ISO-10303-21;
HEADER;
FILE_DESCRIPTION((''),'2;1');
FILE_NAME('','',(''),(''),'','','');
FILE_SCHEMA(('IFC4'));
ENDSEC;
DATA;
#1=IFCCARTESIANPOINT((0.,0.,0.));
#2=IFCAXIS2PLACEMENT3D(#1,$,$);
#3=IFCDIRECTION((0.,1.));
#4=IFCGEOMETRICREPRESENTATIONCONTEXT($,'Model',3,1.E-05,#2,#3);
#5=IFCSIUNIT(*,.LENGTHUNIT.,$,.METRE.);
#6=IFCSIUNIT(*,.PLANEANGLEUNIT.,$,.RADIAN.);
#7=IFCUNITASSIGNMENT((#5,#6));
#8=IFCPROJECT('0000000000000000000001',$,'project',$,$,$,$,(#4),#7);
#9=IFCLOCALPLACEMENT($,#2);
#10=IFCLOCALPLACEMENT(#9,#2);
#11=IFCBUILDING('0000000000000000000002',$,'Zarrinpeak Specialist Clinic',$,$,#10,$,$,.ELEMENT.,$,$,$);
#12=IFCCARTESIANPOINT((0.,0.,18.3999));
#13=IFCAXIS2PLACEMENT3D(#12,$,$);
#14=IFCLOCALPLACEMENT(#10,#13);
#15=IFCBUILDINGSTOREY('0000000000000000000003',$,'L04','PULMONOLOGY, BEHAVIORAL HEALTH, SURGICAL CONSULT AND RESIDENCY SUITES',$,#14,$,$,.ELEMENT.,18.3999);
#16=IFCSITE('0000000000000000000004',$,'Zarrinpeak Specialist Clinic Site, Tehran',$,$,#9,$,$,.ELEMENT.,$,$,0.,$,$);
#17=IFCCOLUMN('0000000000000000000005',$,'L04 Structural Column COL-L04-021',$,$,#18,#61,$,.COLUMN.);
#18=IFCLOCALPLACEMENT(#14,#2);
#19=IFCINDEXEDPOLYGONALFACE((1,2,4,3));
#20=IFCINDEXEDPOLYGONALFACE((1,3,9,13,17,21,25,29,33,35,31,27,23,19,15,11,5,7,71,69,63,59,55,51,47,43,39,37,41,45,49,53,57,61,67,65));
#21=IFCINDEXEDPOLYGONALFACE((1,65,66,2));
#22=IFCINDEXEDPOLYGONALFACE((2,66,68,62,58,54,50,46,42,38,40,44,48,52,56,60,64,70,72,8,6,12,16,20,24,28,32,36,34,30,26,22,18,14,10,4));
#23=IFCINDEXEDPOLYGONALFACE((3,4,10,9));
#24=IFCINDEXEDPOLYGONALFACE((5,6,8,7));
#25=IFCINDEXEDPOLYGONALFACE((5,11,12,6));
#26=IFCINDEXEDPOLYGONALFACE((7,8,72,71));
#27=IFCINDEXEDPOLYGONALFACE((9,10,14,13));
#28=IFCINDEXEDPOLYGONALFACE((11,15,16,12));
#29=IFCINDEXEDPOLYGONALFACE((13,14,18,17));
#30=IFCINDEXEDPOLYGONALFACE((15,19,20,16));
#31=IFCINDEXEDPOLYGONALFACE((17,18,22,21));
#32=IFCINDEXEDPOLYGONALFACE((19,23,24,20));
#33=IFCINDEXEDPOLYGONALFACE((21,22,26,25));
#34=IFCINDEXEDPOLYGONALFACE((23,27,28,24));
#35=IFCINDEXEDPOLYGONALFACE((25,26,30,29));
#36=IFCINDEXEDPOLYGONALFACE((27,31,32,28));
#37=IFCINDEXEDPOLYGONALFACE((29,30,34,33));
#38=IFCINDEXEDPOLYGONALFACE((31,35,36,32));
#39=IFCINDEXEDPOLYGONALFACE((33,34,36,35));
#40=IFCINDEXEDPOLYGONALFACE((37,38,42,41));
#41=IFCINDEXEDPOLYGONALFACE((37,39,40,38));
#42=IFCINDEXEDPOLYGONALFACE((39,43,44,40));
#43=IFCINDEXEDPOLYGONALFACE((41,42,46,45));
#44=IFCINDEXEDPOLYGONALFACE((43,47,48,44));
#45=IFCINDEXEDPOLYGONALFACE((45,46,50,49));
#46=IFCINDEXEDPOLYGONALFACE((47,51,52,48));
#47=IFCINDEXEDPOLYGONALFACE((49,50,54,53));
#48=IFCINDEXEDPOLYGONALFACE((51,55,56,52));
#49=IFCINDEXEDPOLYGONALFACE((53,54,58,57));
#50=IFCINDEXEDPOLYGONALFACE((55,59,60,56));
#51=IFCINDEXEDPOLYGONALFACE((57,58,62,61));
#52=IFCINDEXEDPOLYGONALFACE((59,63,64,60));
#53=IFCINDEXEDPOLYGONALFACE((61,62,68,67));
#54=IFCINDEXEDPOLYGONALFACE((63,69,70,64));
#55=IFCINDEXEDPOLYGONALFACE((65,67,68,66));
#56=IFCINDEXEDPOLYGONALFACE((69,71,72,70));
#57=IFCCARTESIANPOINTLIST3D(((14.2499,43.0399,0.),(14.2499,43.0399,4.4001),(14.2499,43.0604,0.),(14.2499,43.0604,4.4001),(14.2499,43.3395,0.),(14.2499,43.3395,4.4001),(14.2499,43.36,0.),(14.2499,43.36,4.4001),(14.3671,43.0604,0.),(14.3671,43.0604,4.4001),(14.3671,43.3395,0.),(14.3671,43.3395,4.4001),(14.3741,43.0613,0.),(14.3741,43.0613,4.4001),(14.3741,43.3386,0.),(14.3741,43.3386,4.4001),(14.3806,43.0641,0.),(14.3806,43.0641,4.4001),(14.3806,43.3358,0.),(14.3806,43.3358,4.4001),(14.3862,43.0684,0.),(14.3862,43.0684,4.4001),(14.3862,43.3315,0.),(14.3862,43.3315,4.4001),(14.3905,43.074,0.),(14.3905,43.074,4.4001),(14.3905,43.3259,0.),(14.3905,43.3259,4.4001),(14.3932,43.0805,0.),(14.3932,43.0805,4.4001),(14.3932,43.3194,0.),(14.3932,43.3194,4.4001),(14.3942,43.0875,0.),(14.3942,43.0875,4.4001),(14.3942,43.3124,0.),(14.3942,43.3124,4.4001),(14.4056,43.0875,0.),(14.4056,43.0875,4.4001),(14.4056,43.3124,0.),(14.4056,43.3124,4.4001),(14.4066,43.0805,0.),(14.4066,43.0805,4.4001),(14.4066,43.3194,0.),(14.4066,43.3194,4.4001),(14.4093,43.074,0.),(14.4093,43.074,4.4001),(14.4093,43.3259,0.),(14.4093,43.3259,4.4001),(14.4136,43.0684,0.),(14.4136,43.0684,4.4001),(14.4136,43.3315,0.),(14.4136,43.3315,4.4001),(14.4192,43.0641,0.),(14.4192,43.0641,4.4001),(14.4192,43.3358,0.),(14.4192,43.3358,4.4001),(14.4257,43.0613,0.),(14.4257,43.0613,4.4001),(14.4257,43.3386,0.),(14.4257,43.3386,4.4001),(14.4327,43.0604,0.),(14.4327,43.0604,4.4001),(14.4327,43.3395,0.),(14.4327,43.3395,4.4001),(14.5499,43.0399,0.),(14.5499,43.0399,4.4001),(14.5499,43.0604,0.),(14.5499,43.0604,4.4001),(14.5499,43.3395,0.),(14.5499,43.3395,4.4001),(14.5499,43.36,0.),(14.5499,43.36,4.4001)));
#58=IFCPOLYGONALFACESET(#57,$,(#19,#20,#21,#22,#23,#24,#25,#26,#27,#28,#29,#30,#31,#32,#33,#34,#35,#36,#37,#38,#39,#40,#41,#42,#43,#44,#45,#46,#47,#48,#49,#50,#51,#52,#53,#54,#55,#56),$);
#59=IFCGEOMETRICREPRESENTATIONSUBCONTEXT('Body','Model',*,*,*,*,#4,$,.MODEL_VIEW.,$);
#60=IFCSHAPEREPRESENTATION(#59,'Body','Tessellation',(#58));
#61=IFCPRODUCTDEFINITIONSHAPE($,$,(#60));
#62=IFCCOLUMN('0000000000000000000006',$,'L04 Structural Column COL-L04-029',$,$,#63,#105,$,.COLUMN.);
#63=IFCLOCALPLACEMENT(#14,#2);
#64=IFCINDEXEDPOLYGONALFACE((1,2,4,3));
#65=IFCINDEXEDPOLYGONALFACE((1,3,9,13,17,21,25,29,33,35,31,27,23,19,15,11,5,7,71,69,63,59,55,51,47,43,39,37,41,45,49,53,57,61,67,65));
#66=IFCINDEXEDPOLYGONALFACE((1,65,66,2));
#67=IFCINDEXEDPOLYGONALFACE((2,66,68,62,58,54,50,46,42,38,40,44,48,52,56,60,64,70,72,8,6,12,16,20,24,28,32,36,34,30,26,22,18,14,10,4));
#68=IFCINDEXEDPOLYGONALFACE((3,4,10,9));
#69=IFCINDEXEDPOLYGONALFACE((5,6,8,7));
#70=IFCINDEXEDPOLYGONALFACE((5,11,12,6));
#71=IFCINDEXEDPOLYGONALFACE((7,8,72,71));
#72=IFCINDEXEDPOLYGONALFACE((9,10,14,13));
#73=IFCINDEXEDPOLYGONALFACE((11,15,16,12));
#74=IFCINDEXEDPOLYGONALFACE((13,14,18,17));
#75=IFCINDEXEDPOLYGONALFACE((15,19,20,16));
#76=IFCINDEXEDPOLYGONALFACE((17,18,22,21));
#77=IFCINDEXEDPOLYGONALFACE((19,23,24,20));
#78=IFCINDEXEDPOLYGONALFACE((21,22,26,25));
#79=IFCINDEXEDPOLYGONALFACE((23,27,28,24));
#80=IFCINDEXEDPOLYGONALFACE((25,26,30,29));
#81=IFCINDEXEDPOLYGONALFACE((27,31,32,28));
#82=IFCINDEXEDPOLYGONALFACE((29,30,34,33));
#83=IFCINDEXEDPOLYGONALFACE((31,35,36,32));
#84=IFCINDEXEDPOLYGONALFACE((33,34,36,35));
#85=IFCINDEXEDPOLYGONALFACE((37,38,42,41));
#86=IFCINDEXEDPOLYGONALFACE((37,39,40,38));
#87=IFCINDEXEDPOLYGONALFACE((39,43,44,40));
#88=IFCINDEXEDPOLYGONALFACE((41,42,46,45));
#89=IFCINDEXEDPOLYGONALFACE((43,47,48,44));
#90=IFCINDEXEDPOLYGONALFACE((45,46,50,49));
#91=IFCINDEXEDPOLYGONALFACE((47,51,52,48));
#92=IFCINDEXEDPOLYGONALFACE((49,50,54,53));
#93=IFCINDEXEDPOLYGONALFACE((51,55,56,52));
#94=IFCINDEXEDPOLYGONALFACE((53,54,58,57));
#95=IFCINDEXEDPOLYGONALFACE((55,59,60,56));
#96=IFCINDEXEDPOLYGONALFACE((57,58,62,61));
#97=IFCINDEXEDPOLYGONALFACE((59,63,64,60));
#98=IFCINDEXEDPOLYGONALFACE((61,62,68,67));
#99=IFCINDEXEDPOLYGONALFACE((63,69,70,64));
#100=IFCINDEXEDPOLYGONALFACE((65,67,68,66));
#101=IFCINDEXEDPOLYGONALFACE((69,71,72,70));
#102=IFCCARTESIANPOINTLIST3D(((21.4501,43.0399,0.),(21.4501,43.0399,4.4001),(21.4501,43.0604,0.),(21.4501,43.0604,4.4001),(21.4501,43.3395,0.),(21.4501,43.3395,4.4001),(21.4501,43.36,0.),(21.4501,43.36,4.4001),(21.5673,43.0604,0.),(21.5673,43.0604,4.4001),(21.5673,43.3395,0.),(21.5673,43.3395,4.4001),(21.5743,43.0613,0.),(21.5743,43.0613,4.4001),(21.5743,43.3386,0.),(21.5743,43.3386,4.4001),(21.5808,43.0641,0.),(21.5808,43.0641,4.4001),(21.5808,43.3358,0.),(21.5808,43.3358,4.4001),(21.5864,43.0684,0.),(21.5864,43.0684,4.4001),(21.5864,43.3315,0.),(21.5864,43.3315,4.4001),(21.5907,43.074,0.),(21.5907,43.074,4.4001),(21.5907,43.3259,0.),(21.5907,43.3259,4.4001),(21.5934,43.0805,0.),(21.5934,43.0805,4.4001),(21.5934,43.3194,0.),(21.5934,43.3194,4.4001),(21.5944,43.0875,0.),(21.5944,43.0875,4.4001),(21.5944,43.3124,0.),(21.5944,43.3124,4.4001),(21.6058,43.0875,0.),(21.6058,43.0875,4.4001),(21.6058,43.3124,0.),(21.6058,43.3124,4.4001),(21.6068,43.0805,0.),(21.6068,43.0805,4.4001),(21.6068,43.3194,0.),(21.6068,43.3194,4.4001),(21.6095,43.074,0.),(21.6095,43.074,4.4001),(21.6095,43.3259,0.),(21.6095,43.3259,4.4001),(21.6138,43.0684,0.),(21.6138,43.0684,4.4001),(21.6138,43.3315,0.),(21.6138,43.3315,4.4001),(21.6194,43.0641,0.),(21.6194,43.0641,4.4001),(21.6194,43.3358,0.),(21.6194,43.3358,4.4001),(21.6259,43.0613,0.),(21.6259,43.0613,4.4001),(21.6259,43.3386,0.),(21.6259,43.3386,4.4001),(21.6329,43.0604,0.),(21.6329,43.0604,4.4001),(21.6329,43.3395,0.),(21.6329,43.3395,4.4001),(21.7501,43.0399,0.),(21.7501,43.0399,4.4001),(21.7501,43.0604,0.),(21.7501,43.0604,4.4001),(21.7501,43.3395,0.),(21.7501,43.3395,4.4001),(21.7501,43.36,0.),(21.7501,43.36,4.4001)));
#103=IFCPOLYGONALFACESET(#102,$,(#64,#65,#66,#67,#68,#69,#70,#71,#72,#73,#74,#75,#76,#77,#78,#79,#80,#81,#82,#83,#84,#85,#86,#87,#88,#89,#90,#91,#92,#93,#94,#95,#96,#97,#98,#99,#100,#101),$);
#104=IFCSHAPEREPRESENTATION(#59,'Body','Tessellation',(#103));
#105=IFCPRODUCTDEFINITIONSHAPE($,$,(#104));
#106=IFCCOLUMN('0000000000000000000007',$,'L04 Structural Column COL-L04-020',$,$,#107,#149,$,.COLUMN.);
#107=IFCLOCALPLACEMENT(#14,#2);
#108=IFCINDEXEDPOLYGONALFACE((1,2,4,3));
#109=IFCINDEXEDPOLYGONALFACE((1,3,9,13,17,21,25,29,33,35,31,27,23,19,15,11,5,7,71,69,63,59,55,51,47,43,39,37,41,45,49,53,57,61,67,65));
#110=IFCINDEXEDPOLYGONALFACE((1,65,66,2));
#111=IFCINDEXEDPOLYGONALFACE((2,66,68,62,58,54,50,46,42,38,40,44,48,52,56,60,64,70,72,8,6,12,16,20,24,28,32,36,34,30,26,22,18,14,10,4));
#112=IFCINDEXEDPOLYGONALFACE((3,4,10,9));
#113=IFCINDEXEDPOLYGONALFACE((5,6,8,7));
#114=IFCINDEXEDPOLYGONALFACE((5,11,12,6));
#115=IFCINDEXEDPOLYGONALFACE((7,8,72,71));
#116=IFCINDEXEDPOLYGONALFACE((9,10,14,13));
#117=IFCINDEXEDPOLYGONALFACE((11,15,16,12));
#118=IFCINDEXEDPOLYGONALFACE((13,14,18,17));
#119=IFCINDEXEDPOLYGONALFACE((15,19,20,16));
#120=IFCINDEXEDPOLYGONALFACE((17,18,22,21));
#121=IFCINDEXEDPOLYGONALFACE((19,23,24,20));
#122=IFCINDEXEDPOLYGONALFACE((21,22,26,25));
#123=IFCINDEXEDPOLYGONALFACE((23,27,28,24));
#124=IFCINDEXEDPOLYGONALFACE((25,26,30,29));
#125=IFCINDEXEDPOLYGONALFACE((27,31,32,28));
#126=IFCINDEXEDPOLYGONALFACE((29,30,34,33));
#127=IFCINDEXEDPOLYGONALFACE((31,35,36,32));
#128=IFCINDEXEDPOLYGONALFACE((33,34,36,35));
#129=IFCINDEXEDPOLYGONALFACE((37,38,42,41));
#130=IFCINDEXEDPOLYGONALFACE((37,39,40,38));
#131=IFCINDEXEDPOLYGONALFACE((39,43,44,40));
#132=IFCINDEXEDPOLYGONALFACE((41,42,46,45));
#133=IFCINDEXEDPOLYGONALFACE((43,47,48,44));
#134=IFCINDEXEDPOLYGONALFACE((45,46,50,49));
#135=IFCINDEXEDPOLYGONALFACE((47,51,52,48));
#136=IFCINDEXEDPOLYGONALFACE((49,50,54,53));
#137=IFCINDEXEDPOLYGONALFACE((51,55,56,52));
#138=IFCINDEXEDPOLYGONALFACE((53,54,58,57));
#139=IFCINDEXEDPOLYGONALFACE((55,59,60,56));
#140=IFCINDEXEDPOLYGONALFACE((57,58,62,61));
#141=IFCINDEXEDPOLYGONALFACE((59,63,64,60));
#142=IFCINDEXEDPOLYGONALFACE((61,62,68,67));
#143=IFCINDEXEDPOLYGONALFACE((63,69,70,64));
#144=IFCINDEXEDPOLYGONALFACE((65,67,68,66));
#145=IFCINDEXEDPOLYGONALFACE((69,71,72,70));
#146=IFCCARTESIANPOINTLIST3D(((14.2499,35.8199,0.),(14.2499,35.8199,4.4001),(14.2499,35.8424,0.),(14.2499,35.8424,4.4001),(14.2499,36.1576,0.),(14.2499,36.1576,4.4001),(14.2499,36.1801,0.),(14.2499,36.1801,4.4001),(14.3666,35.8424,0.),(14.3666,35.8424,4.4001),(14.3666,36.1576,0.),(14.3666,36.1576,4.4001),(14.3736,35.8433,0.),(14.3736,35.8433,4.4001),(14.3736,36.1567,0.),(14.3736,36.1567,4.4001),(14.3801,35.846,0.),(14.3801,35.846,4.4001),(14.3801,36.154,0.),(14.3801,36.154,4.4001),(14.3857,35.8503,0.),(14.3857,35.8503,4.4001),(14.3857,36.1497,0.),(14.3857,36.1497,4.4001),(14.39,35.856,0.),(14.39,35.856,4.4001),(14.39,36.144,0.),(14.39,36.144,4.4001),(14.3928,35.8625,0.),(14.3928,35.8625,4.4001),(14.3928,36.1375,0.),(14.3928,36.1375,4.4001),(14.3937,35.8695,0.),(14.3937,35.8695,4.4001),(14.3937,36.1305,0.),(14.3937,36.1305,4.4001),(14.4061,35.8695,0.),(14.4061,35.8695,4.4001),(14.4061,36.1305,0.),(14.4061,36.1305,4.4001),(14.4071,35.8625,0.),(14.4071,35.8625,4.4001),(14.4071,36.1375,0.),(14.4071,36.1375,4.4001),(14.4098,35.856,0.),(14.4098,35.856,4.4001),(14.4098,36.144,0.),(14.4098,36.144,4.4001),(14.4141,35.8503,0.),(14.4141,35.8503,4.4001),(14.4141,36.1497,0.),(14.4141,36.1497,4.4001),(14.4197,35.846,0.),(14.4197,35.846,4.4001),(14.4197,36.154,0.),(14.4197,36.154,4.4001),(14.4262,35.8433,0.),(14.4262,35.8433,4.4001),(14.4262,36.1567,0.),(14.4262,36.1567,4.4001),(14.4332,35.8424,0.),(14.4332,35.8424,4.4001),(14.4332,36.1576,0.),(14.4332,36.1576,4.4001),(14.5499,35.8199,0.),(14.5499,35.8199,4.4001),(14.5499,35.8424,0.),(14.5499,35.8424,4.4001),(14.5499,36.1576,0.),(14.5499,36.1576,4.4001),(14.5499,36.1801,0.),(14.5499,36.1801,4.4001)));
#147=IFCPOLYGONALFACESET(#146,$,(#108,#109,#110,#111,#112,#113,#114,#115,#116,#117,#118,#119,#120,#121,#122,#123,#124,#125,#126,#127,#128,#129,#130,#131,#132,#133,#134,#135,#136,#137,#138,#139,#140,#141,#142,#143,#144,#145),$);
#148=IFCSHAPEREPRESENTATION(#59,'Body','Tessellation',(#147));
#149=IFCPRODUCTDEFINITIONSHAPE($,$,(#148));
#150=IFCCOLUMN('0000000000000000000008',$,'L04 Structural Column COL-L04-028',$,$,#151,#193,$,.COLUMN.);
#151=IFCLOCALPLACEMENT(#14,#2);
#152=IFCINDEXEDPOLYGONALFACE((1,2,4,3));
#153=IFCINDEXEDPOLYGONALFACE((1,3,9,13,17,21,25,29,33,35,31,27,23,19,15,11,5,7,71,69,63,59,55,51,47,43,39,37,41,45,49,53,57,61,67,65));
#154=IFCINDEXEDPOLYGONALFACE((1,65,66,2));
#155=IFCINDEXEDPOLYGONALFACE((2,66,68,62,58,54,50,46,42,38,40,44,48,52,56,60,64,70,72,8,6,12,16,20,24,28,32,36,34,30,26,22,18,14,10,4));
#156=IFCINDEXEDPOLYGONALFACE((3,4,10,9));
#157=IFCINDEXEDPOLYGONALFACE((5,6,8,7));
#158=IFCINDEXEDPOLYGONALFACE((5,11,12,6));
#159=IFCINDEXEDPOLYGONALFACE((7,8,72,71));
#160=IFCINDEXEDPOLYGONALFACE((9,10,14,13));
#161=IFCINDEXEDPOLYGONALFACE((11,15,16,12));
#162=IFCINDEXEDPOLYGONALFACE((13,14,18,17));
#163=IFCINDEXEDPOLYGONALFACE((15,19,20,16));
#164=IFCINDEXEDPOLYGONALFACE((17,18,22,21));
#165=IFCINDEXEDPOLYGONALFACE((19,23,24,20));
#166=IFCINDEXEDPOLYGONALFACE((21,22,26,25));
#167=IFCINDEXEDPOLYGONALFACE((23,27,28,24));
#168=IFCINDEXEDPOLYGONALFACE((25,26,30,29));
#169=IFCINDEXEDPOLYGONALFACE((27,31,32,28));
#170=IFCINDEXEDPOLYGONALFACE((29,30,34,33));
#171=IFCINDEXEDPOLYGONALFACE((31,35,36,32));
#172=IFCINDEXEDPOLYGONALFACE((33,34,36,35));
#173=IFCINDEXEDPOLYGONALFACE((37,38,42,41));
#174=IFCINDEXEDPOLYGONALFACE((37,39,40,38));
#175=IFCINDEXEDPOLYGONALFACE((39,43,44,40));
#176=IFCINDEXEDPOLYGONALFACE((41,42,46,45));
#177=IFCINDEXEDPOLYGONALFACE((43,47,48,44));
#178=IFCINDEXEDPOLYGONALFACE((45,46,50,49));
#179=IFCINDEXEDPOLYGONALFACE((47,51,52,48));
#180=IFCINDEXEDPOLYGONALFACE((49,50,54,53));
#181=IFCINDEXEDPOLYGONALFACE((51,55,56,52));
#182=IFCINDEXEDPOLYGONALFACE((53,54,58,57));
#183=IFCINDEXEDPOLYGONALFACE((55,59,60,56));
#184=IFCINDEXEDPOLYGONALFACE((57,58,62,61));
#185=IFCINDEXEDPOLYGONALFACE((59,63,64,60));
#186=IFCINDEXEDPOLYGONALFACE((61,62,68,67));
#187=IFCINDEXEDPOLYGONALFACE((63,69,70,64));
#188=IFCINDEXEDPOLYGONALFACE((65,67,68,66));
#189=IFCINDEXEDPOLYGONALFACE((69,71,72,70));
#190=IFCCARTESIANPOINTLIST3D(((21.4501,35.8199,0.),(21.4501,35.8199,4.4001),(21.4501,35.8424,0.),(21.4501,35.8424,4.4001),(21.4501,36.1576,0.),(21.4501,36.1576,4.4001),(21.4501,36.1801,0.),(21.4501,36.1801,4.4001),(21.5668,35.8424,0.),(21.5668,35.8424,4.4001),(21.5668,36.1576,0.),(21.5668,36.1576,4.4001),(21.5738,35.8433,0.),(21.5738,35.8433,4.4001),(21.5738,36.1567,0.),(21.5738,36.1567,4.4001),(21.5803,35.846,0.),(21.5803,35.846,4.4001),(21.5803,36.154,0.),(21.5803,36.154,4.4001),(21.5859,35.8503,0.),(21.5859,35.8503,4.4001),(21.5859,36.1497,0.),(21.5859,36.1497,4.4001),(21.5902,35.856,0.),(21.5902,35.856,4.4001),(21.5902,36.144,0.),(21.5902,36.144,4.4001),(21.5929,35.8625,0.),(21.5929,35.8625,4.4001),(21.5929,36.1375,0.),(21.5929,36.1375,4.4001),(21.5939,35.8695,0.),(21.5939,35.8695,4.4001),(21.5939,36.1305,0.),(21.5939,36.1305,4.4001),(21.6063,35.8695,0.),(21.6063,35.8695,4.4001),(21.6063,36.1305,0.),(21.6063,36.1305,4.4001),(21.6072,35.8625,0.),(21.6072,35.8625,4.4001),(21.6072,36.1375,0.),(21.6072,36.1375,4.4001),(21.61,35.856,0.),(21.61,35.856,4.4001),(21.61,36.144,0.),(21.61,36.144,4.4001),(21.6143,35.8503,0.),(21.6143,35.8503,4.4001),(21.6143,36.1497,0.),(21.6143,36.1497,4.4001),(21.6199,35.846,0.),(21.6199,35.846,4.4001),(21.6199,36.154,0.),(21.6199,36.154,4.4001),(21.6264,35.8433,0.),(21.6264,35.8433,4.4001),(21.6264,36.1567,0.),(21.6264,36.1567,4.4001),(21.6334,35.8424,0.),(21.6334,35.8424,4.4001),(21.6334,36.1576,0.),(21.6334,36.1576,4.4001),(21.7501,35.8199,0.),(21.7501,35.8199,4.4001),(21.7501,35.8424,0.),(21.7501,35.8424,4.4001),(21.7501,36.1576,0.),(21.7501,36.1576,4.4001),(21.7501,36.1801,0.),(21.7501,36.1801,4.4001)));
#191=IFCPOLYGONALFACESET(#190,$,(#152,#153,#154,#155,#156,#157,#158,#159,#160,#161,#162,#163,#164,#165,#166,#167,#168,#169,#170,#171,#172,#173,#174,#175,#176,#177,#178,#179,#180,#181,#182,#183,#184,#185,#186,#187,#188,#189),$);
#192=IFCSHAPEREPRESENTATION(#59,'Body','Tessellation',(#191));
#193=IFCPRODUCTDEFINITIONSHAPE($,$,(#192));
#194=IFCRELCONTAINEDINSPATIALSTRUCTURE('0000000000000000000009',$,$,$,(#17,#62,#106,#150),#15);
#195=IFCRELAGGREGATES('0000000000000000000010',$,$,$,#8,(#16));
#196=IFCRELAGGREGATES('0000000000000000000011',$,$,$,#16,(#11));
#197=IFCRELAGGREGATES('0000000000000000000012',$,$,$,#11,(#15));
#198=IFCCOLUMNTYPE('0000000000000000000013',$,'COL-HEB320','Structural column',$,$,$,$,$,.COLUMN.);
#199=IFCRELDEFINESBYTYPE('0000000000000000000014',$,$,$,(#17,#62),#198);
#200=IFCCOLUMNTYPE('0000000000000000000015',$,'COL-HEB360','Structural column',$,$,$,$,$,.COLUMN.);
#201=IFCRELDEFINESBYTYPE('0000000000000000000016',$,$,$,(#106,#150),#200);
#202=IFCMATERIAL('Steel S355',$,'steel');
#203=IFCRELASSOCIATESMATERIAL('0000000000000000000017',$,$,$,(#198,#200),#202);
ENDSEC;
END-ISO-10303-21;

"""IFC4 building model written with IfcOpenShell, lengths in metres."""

from ifc_helpers import new_model, si_unit, direction, frame, origin, origin_2d, place, context, subcontext, project, spatial, i_section, extrude, material, material_profile, profile_set, type_object, element, save


model = new_model("IFC4")

# Units and contexts
model_context = context("Model", 3, precision=1e-05, world=origin(), true_north=direction((0.0, 1.0)))
body_context = subcontext(model_context, "Body", "Model", "MODEL_VIEW")
ifc_project = project(units=[si_unit("LENGTHUNIT", "METRE"), si_unit("PLANEANGLEUNIT", "RADIAN")], contexts=[model_context])

# Site, building, storey
site_placement = place(None, origin())
site = spatial("IfcSite", under=ifc_project, at=site_placement, Name="Zarrinpeak Specialist Clinic Site, Tehran", CompositionType="ELEMENT", RefElevation=0.0)
building_placement = place(site_placement, origin())
building = spatial("IfcBuilding", under=site, at=building_placement, Name="Zarrinpeak Specialist Clinic", CompositionType="ELEMENT")
storey_placement = place(building_placement, frame((0.0, 0.0, 18.3999)))
storey = spatial("IfcBuildingStorey", under=building, at=storey_placement, Name="L04", Description="PULMONOLOGY, BEHAVIORAL HEALTH, SURGICAL CONSULT AND RESIDENCY SUITES", CompositionType="ELEMENT", Elevation=18.3999)

# Columns
ifc_material_1 = material(Name="Steel S355", Category="steel")
ifc_material_profile_1 = material_profile(ifc_material_1, i_section(OverallWidth=0.3, OverallDepth=0.3201, WebThickness=0.0115, FlangeThickness=0.0205, FilletRadius=0.0271, at=origin_2d()), Name="HEB 320")
ifc_profile_set_1 = profile_set([ifc_material_profile_1], Name="Steel S355")
column_type_1 = type_object("IfcColumnType", Name="COL-HEB320", Description="Structural column", PredefinedType="COLUMN", material=ifc_profile_set_1)
for number, where, z_axis, x_axis, name in (
    (1, (14.3999, 43.2, 0.0), (0.0, 0.0, 1.0), (1.0, 0.0, 0.0), "L04 Structural Column COL-L04-021"),
    (2, (21.6001, 43.2, 0.0), (0.0, 0.0, 1.0), (1.0, 0.0, 0.0), "L04 Structural Column COL-L04-029"),
):
    element("IfcColumn", number, at=place(storey_placement, frame(where, z_axis=z_axis, x_axis=x_axis)), inside=storey, type_object=column_type_1, Name=name, PredefinedType="COLUMN", context=body_context, shape_type="SweptSolid", body=[
        extrude(i_section(OverallWidth=0.3, OverallDepth=0.3201, WebThickness=0.0115, FlangeThickness=0.0205, FilletRadius=0.0271, at=origin_2d()), origin(), (0.0, 0.0, 1.0), 4.4001),
    ])
ifc_material_profile_2 = material_profile(ifc_material_1, i_section(OverallWidth=0.3, OverallDepth=0.3601, WebThickness=0.0125, FlangeThickness=0.0225, FilletRadius=0.0271, at=origin_2d()), Name="HEB 360")
ifc_profile_set_2 = profile_set([ifc_material_profile_2], Name="Steel S355")
column_type_2 = type_object("IfcColumnType", Name="COL-HEB360", Description="Structural column", PredefinedType="COLUMN", material=ifc_profile_set_2)
for number, where, z_axis, x_axis, name in (
    (3, (14.3999, 36.0, 0.0), (0.0, 0.0, 1.0), (1.0, 0.0, 0.0), "L04 Structural Column COL-L04-020"),
    (4, (21.6001, 36.0, 0.0), (0.0, 0.0, 1.0), (1.0, 0.0, 0.0), "L04 Structural Column COL-L04-028"),
):
    element("IfcColumn", number, at=place(storey_placement, frame(where, z_axis=z_axis, x_axis=x_axis)), inside=storey, type_object=column_type_2, Name=name, PredefinedType="COLUMN", context=body_context, shape_type="SweptSolid", body=[
        extrude(i_section(OverallWidth=0.3, OverallDepth=0.3601, WebThickness=0.0125, FlangeThickness=0.0225, FilletRadius=0.0271, at=origin_2d()), origin(), (0.0, 0.0, 1.0), 4.4001),
    ])

save(model, "model.ifc")
